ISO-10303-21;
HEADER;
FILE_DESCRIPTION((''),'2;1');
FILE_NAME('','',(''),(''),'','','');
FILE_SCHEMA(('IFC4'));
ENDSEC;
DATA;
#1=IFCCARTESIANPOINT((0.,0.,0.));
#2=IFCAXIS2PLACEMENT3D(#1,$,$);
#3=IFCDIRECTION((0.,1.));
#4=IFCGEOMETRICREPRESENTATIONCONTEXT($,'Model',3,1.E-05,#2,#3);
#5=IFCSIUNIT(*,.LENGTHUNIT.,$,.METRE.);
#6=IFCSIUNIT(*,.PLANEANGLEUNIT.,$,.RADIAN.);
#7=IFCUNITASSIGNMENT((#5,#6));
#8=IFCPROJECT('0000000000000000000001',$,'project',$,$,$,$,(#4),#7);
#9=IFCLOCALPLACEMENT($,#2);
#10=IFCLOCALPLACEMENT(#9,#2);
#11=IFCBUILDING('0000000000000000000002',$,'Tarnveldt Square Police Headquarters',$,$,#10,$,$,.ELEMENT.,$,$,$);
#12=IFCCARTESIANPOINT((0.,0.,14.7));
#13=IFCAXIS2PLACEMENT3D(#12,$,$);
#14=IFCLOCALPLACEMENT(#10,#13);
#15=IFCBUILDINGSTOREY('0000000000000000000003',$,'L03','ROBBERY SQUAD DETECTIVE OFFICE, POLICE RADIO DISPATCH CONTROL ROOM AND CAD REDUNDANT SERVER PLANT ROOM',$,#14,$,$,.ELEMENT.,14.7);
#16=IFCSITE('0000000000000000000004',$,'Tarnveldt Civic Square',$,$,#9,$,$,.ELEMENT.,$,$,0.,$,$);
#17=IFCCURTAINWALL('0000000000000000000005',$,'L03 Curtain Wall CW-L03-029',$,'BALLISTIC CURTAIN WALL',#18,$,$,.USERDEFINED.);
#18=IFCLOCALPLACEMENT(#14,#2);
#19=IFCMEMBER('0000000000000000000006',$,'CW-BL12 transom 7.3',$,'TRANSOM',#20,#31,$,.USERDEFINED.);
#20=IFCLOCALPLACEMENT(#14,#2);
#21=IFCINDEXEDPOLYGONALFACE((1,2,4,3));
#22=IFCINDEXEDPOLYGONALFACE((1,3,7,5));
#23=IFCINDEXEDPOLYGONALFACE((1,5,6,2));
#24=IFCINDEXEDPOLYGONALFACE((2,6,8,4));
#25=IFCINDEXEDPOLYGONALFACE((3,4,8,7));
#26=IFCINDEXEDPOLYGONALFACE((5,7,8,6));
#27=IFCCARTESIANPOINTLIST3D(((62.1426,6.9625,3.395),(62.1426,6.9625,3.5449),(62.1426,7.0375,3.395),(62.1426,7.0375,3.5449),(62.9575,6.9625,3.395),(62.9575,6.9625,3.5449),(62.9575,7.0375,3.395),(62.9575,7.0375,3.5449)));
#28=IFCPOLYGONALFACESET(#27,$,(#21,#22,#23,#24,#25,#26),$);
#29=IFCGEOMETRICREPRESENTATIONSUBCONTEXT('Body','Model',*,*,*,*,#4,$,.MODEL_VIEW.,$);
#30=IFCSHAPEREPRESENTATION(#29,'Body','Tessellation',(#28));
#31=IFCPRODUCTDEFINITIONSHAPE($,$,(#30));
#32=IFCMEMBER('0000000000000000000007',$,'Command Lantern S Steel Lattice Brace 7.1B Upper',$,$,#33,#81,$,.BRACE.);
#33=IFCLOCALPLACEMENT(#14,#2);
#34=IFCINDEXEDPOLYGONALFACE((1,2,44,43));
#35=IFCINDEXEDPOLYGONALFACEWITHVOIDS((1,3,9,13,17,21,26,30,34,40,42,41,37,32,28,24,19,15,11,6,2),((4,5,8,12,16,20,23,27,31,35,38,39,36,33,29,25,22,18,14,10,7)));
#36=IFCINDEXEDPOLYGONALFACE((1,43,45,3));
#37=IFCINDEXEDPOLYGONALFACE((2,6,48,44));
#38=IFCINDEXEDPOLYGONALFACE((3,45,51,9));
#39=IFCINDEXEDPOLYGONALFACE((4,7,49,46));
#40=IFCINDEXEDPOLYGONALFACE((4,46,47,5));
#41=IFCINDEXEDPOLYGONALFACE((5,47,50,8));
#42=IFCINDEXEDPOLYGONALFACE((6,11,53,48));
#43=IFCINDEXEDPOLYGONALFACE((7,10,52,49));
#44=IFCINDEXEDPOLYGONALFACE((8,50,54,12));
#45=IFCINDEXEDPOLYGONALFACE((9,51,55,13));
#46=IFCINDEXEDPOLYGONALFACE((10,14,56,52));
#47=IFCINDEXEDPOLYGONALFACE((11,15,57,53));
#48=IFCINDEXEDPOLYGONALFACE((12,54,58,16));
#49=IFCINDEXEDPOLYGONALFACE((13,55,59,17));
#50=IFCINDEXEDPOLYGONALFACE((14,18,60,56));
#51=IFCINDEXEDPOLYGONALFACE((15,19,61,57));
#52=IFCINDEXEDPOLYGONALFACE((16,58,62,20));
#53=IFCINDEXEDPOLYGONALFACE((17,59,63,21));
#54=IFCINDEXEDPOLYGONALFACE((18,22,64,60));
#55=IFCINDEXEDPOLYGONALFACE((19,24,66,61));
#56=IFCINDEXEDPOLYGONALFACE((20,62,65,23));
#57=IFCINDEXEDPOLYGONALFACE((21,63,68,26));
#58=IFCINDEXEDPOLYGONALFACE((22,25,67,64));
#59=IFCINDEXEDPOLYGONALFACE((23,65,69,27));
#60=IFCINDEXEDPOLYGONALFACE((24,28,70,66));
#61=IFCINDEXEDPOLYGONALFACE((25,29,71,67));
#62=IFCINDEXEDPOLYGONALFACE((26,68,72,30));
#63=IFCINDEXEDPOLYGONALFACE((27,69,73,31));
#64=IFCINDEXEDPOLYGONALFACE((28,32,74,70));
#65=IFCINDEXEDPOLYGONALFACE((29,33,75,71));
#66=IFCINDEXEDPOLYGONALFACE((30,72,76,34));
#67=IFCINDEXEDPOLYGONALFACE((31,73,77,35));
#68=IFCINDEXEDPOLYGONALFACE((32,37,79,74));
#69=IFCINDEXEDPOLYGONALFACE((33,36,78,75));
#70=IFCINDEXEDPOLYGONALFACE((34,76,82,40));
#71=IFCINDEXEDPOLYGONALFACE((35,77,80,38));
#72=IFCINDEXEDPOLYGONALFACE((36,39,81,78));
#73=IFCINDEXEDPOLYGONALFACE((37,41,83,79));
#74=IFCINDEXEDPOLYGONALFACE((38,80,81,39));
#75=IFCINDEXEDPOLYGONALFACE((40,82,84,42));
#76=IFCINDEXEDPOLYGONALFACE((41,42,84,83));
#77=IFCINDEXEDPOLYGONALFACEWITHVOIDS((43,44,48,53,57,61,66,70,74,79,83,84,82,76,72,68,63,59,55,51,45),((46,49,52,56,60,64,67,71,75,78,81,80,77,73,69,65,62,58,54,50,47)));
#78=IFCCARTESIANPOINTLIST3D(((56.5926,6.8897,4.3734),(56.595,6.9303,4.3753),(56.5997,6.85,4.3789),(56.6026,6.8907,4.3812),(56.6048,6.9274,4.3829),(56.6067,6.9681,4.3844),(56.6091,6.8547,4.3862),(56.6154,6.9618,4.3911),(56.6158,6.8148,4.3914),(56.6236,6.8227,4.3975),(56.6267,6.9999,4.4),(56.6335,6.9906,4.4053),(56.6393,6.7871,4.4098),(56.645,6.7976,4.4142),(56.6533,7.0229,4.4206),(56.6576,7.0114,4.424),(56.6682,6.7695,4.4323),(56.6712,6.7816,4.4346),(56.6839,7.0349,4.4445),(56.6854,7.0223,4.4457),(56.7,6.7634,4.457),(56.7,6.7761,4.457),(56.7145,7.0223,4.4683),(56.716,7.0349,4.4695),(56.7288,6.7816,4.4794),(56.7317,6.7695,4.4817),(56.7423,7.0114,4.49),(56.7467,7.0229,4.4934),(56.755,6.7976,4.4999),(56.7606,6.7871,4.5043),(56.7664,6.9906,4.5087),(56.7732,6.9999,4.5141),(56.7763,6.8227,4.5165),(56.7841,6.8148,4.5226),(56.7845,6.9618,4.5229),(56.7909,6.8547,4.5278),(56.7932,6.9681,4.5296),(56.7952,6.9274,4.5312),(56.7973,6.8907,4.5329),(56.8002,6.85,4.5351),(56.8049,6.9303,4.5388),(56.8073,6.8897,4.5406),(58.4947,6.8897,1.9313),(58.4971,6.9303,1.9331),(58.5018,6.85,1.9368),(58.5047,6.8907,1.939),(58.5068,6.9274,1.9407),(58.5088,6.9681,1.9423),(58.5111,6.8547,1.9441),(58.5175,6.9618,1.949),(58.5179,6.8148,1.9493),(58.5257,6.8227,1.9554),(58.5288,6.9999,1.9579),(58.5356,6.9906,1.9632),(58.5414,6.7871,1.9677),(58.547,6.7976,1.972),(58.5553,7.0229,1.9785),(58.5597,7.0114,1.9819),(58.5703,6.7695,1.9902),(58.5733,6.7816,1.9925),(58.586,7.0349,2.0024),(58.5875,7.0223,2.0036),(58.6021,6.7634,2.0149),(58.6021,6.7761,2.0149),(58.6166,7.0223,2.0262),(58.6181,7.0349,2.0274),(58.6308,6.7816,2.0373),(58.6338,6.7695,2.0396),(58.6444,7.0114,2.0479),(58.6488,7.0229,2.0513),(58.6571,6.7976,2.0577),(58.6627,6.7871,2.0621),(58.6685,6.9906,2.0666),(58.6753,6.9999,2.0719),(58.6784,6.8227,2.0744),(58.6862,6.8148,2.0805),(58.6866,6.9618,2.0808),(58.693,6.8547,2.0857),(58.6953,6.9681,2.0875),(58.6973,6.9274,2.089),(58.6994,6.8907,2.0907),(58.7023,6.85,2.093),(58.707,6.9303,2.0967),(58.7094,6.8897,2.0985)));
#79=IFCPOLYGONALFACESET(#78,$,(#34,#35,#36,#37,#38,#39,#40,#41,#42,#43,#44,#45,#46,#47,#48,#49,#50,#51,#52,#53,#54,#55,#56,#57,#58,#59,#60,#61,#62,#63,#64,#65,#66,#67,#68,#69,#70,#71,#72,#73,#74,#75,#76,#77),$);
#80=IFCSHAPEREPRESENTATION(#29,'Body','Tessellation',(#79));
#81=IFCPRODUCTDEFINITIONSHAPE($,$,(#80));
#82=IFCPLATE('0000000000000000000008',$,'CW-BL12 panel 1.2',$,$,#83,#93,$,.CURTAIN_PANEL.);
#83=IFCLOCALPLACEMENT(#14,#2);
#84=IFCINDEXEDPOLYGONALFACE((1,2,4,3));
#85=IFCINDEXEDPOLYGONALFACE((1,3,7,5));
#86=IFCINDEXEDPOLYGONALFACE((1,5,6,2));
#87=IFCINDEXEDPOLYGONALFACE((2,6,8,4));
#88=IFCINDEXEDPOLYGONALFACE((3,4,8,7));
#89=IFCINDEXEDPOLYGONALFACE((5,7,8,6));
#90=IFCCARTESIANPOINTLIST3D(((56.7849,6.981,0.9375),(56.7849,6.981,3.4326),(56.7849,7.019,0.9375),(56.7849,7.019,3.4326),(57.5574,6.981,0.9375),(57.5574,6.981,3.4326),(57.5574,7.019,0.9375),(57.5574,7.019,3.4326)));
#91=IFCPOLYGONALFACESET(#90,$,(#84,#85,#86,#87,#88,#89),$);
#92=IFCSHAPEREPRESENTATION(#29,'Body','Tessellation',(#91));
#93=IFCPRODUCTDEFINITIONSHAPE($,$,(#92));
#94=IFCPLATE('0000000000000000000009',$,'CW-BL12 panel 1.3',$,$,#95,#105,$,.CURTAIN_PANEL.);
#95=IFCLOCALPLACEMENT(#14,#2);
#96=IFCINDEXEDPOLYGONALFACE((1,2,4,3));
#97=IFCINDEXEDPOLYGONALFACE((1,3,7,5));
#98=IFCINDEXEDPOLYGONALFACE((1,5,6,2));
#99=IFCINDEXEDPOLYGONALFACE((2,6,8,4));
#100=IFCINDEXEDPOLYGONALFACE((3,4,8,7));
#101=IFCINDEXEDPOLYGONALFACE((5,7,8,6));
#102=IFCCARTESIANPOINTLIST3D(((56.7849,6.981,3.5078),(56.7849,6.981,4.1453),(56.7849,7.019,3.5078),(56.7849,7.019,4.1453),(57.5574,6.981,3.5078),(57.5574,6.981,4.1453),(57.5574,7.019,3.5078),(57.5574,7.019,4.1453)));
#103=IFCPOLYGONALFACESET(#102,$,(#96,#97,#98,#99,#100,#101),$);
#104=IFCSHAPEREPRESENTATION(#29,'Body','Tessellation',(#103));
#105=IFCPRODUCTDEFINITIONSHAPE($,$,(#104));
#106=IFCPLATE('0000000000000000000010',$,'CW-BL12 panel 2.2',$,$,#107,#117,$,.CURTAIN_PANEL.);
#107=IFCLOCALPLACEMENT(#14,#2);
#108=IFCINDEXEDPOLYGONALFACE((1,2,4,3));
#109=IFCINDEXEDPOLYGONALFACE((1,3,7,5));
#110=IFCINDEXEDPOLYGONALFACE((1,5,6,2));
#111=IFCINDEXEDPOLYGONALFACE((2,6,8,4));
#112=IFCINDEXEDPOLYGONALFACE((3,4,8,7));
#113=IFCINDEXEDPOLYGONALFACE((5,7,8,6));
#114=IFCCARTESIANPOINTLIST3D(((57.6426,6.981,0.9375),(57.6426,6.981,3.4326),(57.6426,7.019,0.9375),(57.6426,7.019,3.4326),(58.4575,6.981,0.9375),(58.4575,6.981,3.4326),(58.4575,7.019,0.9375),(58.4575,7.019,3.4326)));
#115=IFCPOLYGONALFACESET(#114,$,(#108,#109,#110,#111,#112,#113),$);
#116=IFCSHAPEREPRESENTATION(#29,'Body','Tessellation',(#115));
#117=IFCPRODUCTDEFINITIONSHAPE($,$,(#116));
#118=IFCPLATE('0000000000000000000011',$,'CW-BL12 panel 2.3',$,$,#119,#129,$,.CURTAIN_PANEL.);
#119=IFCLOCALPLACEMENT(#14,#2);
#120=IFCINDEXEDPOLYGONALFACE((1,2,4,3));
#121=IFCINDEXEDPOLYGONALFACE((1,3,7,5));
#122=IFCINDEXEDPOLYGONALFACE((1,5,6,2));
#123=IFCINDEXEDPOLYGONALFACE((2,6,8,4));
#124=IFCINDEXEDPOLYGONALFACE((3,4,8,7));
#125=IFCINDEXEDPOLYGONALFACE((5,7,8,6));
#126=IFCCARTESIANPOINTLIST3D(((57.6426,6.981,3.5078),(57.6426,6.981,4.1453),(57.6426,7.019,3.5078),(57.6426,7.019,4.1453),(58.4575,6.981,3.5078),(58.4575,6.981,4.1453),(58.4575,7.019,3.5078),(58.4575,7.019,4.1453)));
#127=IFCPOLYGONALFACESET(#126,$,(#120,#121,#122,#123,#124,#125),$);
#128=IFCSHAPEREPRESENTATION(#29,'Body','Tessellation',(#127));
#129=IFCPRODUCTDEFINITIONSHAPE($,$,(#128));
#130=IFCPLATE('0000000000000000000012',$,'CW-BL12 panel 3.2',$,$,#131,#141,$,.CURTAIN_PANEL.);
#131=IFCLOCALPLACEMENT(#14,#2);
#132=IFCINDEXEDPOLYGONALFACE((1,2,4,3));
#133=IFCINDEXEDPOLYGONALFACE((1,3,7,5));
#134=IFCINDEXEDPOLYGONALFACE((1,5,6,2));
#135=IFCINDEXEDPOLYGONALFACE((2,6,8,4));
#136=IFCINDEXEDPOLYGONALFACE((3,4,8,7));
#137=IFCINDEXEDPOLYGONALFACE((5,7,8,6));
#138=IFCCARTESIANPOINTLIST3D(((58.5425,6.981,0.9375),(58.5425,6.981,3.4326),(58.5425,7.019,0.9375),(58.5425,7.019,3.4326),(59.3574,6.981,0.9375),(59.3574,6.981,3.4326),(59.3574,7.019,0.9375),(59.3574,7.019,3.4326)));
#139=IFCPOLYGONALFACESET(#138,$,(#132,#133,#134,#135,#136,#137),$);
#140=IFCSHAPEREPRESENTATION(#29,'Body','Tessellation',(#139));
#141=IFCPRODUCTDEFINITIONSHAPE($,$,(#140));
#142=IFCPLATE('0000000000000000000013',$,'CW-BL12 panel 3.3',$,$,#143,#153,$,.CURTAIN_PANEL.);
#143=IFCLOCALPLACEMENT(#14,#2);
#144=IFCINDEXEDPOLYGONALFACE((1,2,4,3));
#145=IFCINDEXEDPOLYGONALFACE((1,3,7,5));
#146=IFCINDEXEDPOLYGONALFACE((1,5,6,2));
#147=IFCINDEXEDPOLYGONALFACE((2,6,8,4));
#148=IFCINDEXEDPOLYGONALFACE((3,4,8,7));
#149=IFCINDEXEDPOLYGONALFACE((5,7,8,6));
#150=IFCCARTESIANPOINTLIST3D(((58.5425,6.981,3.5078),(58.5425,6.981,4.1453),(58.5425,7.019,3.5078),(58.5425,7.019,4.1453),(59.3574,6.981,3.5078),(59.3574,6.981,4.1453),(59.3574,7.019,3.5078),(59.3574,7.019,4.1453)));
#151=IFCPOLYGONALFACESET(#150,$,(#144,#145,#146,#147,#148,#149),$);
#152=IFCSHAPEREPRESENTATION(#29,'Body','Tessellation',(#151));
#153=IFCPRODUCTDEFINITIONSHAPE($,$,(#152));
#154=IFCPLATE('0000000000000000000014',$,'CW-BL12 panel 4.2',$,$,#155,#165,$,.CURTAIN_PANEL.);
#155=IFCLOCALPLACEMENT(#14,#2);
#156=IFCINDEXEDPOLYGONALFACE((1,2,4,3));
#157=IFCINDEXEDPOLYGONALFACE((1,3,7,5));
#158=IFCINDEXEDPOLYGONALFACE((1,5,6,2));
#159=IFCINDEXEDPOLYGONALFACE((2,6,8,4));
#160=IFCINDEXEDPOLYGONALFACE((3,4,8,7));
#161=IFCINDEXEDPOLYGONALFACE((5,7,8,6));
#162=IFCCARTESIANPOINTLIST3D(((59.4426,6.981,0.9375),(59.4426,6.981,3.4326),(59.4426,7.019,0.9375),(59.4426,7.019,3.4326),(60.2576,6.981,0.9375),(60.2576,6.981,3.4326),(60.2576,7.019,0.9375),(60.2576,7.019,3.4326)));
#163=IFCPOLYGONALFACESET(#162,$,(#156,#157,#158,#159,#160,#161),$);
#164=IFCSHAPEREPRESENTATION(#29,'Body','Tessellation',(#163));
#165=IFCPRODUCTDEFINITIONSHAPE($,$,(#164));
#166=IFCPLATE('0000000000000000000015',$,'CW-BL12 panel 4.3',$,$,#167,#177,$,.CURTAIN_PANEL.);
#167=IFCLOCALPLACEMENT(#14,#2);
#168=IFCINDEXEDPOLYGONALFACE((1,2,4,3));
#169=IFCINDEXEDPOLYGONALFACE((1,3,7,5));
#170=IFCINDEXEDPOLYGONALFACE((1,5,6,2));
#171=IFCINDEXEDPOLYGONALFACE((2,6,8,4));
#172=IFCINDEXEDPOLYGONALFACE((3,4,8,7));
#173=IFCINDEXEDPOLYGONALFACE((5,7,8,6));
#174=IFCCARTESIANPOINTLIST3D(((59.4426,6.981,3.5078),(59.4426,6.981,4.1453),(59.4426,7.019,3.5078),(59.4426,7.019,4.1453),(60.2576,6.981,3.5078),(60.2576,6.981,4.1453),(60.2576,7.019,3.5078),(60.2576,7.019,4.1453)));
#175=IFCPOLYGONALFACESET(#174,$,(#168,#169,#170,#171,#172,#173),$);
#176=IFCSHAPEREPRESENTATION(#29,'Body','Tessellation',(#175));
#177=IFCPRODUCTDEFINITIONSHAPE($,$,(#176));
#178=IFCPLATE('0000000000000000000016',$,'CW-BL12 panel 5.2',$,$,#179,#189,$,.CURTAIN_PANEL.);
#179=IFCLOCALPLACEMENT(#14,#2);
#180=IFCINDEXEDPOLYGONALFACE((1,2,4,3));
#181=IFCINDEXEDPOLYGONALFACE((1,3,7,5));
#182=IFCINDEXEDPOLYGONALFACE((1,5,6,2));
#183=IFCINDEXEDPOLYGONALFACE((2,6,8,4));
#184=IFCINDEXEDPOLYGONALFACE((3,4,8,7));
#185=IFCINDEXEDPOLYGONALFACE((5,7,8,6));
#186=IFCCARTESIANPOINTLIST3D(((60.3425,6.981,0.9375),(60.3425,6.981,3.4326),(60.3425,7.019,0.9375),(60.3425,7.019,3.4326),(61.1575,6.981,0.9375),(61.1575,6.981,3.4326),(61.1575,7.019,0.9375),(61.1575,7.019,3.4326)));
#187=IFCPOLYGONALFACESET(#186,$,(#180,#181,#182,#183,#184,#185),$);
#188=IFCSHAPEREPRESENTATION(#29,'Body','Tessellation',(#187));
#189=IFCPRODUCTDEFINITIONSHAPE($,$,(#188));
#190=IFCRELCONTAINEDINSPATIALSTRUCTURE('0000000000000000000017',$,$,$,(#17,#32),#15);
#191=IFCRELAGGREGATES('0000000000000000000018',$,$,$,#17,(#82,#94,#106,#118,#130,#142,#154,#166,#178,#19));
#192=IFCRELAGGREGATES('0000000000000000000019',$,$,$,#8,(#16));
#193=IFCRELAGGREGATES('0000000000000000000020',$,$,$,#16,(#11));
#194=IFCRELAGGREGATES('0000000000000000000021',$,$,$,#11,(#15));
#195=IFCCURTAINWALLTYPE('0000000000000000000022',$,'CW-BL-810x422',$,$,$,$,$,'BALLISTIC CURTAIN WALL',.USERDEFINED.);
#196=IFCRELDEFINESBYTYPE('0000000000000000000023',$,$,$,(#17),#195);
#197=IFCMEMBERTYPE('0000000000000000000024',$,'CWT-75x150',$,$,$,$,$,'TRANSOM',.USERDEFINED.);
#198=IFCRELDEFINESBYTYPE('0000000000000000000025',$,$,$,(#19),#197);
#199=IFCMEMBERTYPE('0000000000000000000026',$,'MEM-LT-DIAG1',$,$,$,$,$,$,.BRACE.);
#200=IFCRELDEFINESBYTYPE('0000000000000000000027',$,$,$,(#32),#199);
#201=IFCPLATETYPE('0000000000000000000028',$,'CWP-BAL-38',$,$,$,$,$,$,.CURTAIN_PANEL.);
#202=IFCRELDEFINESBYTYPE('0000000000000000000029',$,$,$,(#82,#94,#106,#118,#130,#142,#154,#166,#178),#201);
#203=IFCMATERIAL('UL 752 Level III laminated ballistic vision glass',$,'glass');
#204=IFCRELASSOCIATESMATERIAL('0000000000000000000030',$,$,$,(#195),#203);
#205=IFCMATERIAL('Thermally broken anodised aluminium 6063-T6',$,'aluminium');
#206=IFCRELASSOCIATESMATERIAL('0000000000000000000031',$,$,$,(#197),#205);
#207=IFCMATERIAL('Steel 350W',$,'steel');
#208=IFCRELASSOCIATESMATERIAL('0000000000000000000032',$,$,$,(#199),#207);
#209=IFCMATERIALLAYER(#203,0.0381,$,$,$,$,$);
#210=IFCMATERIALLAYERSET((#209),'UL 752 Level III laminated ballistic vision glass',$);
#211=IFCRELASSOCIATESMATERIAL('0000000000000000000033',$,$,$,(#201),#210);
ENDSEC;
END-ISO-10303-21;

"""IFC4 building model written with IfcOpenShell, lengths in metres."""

from ifc_helpers import new_model, si_unit, direction, frame, origin, origin_2d, place, context, subcontext, project, spatial, rectangle, hollow_circle, extrude, material, layer, layer_set, material_profile, profile_set, type_object, element, aggregate, save


model = new_model("IFC4")

# Units and contexts
model_context = context("Model", 3, precision=1e-05, world=origin(), true_north=direction((0.0, 1.0)))
body_context = subcontext(model_context, "Body", "Model", "MODEL_VIEW")
ifc_project = project(units=[si_unit("LENGTHUNIT", "METRE"), si_unit("PLANEANGLEUNIT", "RADIAN")], contexts=[model_context])

# Site, building, storey
site_placement = place(None, origin())
site = spatial("IfcSite", under=ifc_project, at=site_placement, Name="Tarnveldt Civic Square", CompositionType="ELEMENT", RefElevation=0.0)
building_placement = place(site_placement, origin())
building = spatial("IfcBuilding", under=site, at=building_placement, Name="Tarnveldt Square Police Headquarters", CompositionType="ELEMENT")
storey_placement = place(building_placement, frame((0.0, 0.0, 14.7)))
storey = spatial("IfcBuildingStorey", under=building, at=storey_placement, Name="L03", Description="ROBBERY SQUAD DETECTIVE OFFICE, POLICE RADIO DISPATCH CONTROL ROOM AND CAD REDUNDANT SERVER PLANT ROOM", CompositionType="ELEMENT", Elevation=14.7)

# Curtain wall, member
ifc_material_1 = material(Name="UL 752 Level III laminated ballistic vision glass", Category="glass")
curtain_wall_type = type_object("IfcCurtainWallType", Name="CW-BL-810x422", ElementType="BALLISTIC CURTAIN WALL", PredefinedType="USERDEFINED", material=ifc_material_1)
curtain_wall_placement = place(storey_placement, origin())
curtain_wall = element("IfcCurtainWall", 1, at=curtain_wall_placement, inside=storey, type_object=curtain_wall_type, Name="L03 Curtain Wall CW-L03-029", ObjectType="BALLISTIC CURTAIN WALL", PredefinedType="USERDEFINED")
ifc_material_2 = material(Name="Thermally broken anodised aluminium 6063-T6", Category="aluminium")
ifc_material_profile_1 = material_profile(ifc_material_2, rectangle(XDim=0.075, YDim=0.1499, at=origin_2d()), Name="CW-T75x150")
ifc_profile_set_1 = profile_set([ifc_material_profile_1], Name="Thermally broken anodised aluminium 6063-T6")
member_type_1 = type_object("IfcMemberType", Name="CWT-75x150", ElementType="TRANSOM", PredefinedType="USERDEFINED", material=ifc_profile_set_1)
member_1_placement = place(storey_placement, frame((62.1426, 7.0, 3.47), z_axis=(1.0, 0.0, 0.0), x_axis=(0.0, 1.0, 0.0)))
member_1 = element("IfcMember", 2, at=member_1_placement, type_object=member_type_1, Name="CW-BL12 transom 7.3", ObjectType="TRANSOM", PredefinedType="USERDEFINED", context=body_context, shape_type="SweptSolid", body=[
    extrude(rectangle(XDim=0.075, YDim=0.1499, at=origin_2d()), origin(), (0.0, 0.0, 1.0), 0.8149),
])

# Member
ifc_material_3 = material(Name="Steel 350W", Category="steel")
ifc_material_profile_2 = material_profile(ifc_material_3, hollow_circle(Radius=0.1365, WallThickness=0.0127, at=origin_2d()), Name="HSS273x13")
ifc_profile_set_2 = profile_set([ifc_material_profile_2], Name="Steel 350W")
member_type_2 = type_object("IfcMemberType", Name="MEM-LT-DIAG1", PredefinedType="BRACE", material=ifc_profile_set_2)
member_2_placement = place(storey_placement, frame((58.6021, 6.8999, 2.0149), z_axis=(-0.614476, 0.0, 0.788936), x_axis=(0.0, -1.0, 0.0)))
element("IfcMember", 3, at=member_2_placement, inside=storey, type_object=member_type_2, Name="Command Lantern S Steel Lattice Brace 7.1B Upper", PredefinedType="BRACE", context=body_context, shape_type="SweptSolid", body=[
    extrude(hollow_circle(Radius=0.1365, WallThickness=0.0127, at=origin_2d()), origin(), (0.0, 0.0, 1.0), 3.0955),
])

# Plates
ifc_layer_1 = layer(ifc_material_1, 0.0381)
ifc_layer_set_1 = layer_set([ifc_layer_1], Name="UL 752 Level III laminated ballistic vision glass")
plate_type_1 = type_object("IfcPlateType", Name="CWP-BAL-38", PredefinedType="CURTAIN_PANEL", material=ifc_layer_set_1)
plate_1_placement = place(storey_placement, frame((57.1711, 7.0, 0.9375), z_axis=(0.0, 0.0, 1.0), x_axis=(1.0, 0.0, 0.0)))
plate_1 = element("IfcPlate", 4, at=plate_1_placement, type_object=plate_type_1, Name="CW-BL12 panel 1.2", PredefinedType="CURTAIN_PANEL", context=body_context, shape_type="SweptSolid", body=[
    extrude(rectangle(XDim=0.7725, YDim=0.0381, at=origin_2d()), origin(), (0.0, 0.0, 1.0), 2.4951),
])
plate_2_placement = place(storey_placement, frame((57.1711, 7.0, 3.5078), z_axis=(0.0, 0.0, 1.0), x_axis=(1.0, 0.0, 0.0)))
plate_2 = element("IfcPlate", 5, at=plate_2_placement, type_object=plate_type_1, Name="CW-BL12 panel 1.3", PredefinedType="CURTAIN_PANEL", context=body_context, shape_type="SweptSolid", body=[
    extrude(rectangle(XDim=0.7725, YDim=0.0381, at=origin_2d()), origin(), (0.0, 0.0, 1.0), 0.6375),
])
plate_3_placement = place(storey_placement, frame((58.05, 7.0, 0.9375), z_axis=(0.0, 0.0, 1.0), x_axis=(1.0, 0.0, 0.0)))
plate_3 = element("IfcPlate", 6, at=plate_3_placement, type_object=plate_type_1, Name="CW-BL12 panel 2.2", PredefinedType="CURTAIN_PANEL", context=body_context, shape_type="SweptSolid", body=[
    extrude(rectangle(XDim=0.8149, YDim=0.0381, at=origin_2d()), origin(), (0.0, 0.0, 1.0), 2.4951),
])
plate_4_placement = place(storey_placement, frame((58.05, 7.0, 3.5078), z_axis=(0.0, 0.0, 1.0), x_axis=(1.0, 0.0, 0.0)))
plate_4 = element("IfcPlate", 7, at=plate_4_placement, type_object=plate_type_1, Name="CW-BL12 panel 2.3", PredefinedType="CURTAIN_PANEL", context=body_context, shape_type="SweptSolid", body=[
    extrude(rectangle(XDim=0.8149, YDim=0.0381, at=origin_2d()), origin(), (0.0, 0.0, 1.0), 0.6375),
])
plate_5_placement = place(storey_placement, frame((58.95, 7.0, 0.9375), z_axis=(0.0, 0.0, 1.0), x_axis=(1.0, 0.0, 0.0)))
plate_5 = element("IfcPlate", 8, at=plate_5_placement, type_object=plate_type_1, Name="CW-BL12 panel 3.2", PredefinedType="CURTAIN_PANEL", context=body_context, shape_type="SweptSolid", body=[
    extrude(rectangle(XDim=0.8149, YDim=0.0381, at=origin_2d()), origin(), (0.0, 0.0, 1.0), 2.4951),
])
plate_6_placement = place(storey_placement, frame((58.95, 7.0, 3.5078), z_axis=(0.0, 0.0, 1.0), x_axis=(1.0, 0.0, 0.0)))
plate_6 = element("IfcPlate", 9, at=plate_6_placement, type_object=plate_type_1, Name="CW-BL12 panel 3.3", PredefinedType="CURTAIN_PANEL", context=body_context, shape_type="SweptSolid", body=[
    extrude(rectangle(XDim=0.8149, YDim=0.0381, at=origin_2d()), origin(), (0.0, 0.0, 1.0), 0.6375),
])
plate_7_placement = place(storey_placement, frame((59.8501, 7.0, 0.9375), z_axis=(0.0, 0.0, 1.0), x_axis=(1.0, 0.0, 0.0)))
plate_7 = element("IfcPlate", 10, at=plate_7_placement, type_object=plate_type_1, Name="CW-BL12 panel 4.2", PredefinedType="CURTAIN_PANEL", context=body_context, shape_type="SweptSolid", body=[
    extrude(rectangle(XDim=0.8149, YDim=0.0381, at=origin_2d()), origin(), (0.0, 0.0, 1.0), 2.4951),
])
plate_8_placement = place(storey_placement, frame((59.8501, 7.0, 3.5078), z_axis=(0.0, 0.0, 1.0), x_axis=(1.0, 0.0, 0.0)))
plate_8 = element("IfcPlate", 11, at=plate_8_placement, type_object=plate_type_1, Name="CW-BL12 panel 4.3", PredefinedType="CURTAIN_PANEL", context=body_context, shape_type="SweptSolid", body=[
    extrude(rectangle(XDim=0.8149, YDim=0.0381, at=origin_2d()), origin(), (0.0, 0.0, 1.0), 0.6375),
])
plate_9_placement = place(storey_placement, frame((60.75, 7.0, 0.9375), z_axis=(0.0, 0.0, 1.0), x_axis=(1.0, 0.0, 0.0)))
plate_9 = element("IfcPlate", 12, at=plate_9_placement, type_object=plate_type_1, Name="CW-BL12 panel 5.2", PredefinedType="CURTAIN_PANEL", context=body_context, shape_type="SweptSolid", body=[
    extrude(rectangle(XDim=0.8149, YDim=0.0381, at=origin_2d()), origin(), (0.0, 0.0, 1.0), 2.4951),
])
aggregate(curtain_wall, [plate_1, plate_2, plate_3, plate_4, plate_5, plate_6, plate_7, plate_8, plate_9, member_1])

save(model, "model.ifc")
